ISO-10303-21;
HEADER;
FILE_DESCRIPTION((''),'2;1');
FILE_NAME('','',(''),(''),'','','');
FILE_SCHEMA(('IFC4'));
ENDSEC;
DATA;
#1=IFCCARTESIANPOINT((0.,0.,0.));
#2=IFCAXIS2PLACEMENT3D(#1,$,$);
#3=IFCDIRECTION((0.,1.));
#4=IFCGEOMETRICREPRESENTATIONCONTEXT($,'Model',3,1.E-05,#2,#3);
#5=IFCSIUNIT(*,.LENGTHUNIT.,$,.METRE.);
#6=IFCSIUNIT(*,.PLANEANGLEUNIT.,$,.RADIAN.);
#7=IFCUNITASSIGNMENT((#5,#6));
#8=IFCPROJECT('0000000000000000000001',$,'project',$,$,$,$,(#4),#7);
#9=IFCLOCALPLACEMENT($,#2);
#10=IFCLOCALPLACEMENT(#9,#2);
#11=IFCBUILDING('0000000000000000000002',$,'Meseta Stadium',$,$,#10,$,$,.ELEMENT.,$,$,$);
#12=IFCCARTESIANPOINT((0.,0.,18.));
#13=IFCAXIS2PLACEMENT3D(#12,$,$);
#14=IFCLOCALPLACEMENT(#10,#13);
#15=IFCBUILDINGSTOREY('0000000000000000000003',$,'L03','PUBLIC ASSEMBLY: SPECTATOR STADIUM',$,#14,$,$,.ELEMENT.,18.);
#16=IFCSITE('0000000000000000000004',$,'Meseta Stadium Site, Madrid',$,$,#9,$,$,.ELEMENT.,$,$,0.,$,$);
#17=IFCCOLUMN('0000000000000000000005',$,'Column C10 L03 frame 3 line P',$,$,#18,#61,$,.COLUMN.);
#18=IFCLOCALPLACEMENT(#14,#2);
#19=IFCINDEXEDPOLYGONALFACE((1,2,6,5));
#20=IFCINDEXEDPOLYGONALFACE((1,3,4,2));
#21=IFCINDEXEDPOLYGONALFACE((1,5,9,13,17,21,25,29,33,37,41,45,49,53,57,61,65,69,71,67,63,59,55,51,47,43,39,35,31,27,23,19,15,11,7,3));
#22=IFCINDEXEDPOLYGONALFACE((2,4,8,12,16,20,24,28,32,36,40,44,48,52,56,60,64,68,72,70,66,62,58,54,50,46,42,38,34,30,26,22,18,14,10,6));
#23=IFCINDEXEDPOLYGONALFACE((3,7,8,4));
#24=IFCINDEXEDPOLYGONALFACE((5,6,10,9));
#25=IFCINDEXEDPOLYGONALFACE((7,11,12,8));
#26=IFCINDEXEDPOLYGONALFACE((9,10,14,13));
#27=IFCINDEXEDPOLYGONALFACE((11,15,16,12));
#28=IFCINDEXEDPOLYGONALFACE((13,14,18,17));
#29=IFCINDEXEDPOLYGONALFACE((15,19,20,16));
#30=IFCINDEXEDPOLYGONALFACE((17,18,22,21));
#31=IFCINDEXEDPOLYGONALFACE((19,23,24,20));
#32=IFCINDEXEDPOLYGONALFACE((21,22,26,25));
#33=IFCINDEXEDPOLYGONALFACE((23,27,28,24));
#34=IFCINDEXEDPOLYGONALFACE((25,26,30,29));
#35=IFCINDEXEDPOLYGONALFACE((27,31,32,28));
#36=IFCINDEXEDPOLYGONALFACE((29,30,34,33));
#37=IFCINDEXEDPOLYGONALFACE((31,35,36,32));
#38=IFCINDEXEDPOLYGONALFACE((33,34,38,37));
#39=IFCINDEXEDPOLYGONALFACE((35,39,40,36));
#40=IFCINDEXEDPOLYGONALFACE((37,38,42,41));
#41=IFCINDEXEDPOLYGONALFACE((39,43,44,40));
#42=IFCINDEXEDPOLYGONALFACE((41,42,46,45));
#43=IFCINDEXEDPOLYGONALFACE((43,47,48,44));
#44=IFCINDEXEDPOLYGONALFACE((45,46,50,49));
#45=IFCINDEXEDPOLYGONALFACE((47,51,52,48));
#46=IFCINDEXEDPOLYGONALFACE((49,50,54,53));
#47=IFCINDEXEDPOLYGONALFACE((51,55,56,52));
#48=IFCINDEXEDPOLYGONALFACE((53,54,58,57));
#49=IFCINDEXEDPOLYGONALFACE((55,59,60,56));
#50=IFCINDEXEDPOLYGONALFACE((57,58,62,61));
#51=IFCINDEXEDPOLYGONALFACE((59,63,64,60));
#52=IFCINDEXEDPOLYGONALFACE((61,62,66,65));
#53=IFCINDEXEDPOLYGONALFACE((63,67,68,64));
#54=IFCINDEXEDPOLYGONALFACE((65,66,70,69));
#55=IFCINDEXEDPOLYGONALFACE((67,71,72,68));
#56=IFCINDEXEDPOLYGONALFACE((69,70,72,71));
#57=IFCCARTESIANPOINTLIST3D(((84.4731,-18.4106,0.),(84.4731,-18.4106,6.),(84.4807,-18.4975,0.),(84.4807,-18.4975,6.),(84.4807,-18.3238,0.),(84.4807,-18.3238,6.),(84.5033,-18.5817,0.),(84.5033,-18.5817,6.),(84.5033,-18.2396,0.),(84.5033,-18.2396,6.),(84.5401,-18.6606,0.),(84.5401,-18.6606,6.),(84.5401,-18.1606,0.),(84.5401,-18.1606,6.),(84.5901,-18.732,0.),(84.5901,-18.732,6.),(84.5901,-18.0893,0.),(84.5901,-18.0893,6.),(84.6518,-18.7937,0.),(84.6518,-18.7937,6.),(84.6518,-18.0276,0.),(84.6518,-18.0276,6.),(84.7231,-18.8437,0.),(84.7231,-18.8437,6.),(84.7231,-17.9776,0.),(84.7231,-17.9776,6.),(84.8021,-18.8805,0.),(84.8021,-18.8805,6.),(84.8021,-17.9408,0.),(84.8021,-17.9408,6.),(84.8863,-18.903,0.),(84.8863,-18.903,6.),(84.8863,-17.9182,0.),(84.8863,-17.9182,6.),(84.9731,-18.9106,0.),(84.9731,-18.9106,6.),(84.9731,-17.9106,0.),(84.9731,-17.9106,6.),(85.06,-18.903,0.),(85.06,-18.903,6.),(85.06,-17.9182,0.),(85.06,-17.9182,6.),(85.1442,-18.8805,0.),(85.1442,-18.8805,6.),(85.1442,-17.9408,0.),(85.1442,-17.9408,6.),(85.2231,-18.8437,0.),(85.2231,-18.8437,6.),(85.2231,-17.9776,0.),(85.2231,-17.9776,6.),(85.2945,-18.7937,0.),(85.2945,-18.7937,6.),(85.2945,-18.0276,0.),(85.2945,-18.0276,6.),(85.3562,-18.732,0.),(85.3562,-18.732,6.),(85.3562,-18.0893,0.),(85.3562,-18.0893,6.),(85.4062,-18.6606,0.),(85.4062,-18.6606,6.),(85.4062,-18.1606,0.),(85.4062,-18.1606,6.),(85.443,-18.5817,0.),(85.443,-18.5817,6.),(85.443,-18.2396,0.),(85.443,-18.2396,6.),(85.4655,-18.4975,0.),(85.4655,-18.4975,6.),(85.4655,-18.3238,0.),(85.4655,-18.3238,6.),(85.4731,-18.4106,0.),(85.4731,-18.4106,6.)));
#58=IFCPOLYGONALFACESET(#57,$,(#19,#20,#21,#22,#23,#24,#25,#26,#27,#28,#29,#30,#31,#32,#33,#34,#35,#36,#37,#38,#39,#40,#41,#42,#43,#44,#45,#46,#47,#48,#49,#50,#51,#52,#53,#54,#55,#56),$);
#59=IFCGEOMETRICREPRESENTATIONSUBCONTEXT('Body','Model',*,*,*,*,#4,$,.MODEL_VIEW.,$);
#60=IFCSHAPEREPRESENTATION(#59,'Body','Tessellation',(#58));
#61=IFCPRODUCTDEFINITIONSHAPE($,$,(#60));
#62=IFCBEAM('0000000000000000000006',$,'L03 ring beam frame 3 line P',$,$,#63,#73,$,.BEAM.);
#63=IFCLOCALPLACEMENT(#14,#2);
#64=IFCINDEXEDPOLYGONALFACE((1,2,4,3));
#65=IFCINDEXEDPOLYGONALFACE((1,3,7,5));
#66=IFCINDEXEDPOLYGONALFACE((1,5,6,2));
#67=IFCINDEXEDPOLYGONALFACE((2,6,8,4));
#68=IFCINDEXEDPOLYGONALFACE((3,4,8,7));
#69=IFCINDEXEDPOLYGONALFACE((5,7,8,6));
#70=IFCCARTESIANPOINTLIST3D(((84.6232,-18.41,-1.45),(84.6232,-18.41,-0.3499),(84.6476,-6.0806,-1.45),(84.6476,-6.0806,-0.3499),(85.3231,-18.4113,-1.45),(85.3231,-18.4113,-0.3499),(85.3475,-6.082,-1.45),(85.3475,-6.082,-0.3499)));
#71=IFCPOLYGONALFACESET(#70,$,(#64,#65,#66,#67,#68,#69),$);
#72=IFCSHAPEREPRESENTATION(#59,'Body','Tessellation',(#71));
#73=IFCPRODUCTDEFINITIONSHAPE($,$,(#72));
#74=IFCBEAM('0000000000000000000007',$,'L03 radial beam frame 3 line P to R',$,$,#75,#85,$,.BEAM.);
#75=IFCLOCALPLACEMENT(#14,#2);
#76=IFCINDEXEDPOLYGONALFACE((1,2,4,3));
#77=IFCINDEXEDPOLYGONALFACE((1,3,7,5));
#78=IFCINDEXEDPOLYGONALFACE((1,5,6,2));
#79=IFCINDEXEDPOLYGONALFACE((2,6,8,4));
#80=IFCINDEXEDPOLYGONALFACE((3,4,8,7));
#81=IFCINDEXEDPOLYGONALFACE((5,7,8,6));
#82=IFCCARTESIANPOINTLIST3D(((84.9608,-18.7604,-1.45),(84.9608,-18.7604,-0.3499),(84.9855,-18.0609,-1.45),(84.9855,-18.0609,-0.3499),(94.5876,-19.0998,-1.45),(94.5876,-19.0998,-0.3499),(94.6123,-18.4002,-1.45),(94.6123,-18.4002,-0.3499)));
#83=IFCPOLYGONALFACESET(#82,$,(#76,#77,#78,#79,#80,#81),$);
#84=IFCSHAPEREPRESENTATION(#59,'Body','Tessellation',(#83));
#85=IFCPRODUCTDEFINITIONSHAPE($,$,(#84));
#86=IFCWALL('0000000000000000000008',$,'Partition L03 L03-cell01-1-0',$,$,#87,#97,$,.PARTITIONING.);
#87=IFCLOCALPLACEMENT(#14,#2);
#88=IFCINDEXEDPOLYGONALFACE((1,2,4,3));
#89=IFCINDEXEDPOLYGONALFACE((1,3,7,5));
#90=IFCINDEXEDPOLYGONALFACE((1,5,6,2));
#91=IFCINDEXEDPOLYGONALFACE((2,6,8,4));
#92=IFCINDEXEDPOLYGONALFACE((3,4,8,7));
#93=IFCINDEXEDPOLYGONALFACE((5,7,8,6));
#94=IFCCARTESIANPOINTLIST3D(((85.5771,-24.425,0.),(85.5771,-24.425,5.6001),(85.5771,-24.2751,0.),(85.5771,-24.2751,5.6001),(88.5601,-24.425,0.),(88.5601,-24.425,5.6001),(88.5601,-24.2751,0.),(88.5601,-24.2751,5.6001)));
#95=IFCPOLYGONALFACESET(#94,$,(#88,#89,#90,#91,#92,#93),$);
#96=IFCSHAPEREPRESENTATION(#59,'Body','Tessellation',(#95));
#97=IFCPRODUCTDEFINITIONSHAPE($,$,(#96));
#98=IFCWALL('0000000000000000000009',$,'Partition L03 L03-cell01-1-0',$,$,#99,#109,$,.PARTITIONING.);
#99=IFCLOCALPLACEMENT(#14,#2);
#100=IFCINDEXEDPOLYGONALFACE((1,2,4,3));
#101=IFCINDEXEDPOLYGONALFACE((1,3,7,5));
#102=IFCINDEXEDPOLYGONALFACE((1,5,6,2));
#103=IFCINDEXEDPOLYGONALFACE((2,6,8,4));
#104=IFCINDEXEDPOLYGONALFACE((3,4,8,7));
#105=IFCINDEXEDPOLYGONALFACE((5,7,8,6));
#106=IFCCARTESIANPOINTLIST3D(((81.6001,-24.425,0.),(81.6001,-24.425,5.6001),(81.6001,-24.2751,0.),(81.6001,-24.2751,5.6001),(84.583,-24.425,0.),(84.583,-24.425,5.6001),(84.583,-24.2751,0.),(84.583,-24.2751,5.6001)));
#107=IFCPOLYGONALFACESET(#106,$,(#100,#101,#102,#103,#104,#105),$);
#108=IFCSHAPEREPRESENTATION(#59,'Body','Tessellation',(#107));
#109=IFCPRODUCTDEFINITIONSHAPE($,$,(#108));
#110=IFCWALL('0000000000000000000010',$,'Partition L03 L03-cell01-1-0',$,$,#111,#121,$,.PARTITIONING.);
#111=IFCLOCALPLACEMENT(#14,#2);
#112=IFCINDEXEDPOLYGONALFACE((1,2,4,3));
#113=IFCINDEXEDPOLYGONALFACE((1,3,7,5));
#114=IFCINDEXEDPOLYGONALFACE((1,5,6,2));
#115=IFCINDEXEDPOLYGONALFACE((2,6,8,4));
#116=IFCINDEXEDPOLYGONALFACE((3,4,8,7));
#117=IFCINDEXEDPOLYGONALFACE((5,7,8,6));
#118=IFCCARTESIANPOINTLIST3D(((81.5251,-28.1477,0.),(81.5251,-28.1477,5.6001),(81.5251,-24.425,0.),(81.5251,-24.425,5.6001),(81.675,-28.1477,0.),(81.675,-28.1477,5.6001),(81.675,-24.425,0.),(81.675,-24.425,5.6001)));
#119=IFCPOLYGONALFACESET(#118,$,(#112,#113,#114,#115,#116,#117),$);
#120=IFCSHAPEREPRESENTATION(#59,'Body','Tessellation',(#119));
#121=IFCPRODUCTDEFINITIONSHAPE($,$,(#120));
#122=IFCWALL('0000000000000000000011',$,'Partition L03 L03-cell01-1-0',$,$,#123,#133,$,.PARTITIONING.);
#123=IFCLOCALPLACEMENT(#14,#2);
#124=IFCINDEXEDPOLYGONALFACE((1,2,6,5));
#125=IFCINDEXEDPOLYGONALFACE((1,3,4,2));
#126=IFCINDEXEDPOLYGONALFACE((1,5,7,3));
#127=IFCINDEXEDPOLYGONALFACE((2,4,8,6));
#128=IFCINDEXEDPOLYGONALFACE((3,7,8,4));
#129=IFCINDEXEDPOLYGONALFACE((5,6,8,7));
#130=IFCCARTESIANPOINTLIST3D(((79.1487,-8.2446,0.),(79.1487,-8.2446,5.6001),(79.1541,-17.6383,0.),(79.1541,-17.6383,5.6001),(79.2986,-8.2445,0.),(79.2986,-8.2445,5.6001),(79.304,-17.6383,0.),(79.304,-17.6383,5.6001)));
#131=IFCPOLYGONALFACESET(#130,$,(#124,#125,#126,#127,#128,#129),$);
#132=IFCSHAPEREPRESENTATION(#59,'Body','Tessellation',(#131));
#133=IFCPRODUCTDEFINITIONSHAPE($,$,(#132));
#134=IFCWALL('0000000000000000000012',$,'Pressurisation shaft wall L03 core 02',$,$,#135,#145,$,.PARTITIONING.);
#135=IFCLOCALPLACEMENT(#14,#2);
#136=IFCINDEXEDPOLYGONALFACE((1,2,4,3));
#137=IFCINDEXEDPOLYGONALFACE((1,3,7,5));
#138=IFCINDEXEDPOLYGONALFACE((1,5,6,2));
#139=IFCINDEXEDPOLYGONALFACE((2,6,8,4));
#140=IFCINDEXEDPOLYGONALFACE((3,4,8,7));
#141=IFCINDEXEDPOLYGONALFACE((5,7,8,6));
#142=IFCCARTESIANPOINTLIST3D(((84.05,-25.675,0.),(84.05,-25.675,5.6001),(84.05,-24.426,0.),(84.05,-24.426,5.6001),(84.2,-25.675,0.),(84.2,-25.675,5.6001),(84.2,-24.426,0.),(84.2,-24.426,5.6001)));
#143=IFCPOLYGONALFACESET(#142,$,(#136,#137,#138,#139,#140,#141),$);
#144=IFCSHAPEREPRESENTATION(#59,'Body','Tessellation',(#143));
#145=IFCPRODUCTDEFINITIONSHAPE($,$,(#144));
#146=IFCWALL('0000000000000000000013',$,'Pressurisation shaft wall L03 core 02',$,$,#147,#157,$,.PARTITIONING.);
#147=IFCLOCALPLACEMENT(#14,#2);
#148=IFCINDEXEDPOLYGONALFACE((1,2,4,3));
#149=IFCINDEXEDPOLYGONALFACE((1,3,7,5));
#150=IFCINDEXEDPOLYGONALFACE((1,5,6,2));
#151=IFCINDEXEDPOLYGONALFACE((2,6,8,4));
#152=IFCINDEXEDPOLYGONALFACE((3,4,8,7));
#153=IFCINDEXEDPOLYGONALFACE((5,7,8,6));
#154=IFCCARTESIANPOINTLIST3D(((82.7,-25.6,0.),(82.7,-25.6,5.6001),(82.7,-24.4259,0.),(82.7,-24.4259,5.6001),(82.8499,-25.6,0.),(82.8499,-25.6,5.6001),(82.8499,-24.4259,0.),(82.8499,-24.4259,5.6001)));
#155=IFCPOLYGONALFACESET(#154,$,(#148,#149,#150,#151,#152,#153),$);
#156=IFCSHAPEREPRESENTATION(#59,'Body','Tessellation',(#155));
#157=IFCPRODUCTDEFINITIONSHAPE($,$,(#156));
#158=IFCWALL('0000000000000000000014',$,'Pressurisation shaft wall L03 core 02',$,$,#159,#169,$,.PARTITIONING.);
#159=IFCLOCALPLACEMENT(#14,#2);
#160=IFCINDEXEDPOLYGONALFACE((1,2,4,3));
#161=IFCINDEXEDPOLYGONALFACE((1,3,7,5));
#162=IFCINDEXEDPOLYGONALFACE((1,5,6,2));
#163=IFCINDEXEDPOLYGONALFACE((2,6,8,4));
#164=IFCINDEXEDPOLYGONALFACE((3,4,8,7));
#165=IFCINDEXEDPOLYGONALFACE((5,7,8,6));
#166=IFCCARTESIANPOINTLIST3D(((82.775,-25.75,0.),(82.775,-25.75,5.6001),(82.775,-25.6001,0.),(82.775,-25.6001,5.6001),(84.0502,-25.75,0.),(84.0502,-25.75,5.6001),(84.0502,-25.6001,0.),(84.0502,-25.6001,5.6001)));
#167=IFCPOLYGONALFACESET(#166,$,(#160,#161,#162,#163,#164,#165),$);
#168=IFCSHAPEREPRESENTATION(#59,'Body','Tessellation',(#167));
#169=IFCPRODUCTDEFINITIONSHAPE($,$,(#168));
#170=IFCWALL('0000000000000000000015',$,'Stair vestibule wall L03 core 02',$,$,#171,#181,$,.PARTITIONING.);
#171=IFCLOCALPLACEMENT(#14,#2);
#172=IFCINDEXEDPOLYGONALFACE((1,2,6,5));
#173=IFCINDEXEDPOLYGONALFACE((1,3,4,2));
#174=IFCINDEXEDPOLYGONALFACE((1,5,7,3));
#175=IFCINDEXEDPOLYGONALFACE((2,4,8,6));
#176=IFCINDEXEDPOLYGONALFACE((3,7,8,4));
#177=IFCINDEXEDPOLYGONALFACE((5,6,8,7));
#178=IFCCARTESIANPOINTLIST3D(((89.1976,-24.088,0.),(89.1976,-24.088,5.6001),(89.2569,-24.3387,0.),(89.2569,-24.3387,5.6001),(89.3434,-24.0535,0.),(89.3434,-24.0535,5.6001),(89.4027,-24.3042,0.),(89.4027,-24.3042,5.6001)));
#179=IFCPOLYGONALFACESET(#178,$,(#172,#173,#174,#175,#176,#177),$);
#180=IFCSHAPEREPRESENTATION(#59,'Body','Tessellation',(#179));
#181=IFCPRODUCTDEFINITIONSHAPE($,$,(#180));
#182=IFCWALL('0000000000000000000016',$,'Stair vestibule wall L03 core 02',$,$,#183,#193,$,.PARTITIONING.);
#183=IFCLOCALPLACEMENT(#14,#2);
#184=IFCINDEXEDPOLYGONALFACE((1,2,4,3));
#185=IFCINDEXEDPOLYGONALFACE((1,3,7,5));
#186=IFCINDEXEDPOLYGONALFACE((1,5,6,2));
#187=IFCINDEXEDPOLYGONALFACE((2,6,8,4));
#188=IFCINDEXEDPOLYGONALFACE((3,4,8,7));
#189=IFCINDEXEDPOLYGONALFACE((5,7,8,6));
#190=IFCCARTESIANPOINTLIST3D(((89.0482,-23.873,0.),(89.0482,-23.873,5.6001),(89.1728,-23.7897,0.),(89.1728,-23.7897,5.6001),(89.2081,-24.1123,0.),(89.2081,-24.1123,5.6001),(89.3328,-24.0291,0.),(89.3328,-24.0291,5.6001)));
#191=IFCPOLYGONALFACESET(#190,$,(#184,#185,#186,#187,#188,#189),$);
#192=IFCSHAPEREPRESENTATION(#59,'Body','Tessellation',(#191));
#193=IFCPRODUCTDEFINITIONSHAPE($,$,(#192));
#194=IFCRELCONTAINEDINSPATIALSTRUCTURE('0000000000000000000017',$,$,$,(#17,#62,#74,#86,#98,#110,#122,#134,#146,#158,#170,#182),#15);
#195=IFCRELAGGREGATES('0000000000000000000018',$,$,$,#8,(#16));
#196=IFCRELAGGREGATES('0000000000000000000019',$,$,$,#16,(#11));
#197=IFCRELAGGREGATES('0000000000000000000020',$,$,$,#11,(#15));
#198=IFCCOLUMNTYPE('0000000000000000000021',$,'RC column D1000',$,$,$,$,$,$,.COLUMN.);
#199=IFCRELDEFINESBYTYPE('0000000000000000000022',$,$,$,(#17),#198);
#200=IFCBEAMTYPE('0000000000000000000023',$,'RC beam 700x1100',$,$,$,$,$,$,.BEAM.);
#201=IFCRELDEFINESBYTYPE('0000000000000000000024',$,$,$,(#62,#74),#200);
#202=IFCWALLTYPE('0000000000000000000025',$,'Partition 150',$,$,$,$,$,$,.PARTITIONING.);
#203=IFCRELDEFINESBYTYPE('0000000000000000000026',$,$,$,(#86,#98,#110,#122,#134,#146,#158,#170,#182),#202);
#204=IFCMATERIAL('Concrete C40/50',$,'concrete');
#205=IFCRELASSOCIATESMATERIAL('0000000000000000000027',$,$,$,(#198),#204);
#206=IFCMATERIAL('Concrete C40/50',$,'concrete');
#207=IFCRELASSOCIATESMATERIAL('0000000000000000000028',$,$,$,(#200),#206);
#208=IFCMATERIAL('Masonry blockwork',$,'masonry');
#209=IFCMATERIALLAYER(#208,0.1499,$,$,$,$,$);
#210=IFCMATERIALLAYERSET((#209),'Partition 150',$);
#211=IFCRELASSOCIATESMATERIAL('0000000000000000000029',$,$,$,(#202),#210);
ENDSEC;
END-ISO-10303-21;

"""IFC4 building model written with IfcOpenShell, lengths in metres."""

from ifc_helpers import new_model, si_unit, direction, frame, frame_2d, origin, origin_2d, place, context, subcontext, project, spatial, rectangle, circle, extrude, material, layer, layer_set, material_profile, profile_set, type_object, element, save


model = new_model("IFC4")

# Units and contexts
model_context = context("Model", 3, precision=1e-05, world=origin(), true_north=direction((0.0, 1.0)))
body_context = subcontext(model_context, "Body", "Model", "MODEL_VIEW")
ifc_project = project(units=[si_unit("LENGTHUNIT", "METRE"), si_unit("PLANEANGLEUNIT", "RADIAN")], contexts=[model_context])

# Site, building, storey
site_placement = place(None, origin())
site = spatial("IfcSite", under=ifc_project, at=site_placement, Name="Meseta Stadium Site, Madrid", CompositionType="ELEMENT", RefElevation=0.0)
building_placement = place(site_placement, origin())
building = spatial("IfcBuilding", under=site, at=building_placement, Name="Meseta Stadium", CompositionType="ELEMENT")
storey_placement = place(building_placement, frame((0.0, 0.0, 18.0)))
storey = spatial("IfcBuildingStorey", under=building, at=storey_placement, Name="L03", Description="PUBLIC ASSEMBLY: SPECTATOR STADIUM", CompositionType="ELEMENT", Elevation=18.0)

# Column
ifc_material_1 = material(Name="Concrete C40/50", Category="concrete")
ifc_material_profile_1 = material_profile(ifc_material_1, circle(Radius=0.5, at=origin_2d()), Name="RC D1000")
ifc_profile_set_1 = profile_set([ifc_material_profile_1], Name="Concrete C40/50")
column_type = type_object("IfcColumnType", Name="RC column D1000", PredefinedType="COLUMN", material=ifc_profile_set_1)
column_placement = place(storey_placement, frame((84.9731, -18.4106, 0.0), z_axis=(0.0, 0.0, 1.0), x_axis=(1.0, 0.0, 0.0)))
element("IfcColumn", 1, at=column_placement, inside=storey, type_object=column_type, Name="Column C10 L03 frame 3 line P", PredefinedType="COLUMN", context=body_context, shape_type="SweptSolid", body=[
    extrude(circle(Radius=0.5, at=origin_2d()), origin(), (0.0, 0.0, 1.0), 6.0),
])

# Beams
ifc_material_2 = material(Name="Concrete C40/50", Category="concrete")
ifc_material_profile_2 = material_profile(ifc_material_2, rectangle(XDim=0.7, YDim=1.1001, at=origin_2d()), Name="RC 700x1100")
ifc_profile_set_2 = profile_set([ifc_material_profile_2], Name="Concrete C40/50")
beam_type = type_object("IfcBeamType", Name="RC beam 700x1100", PredefinedType="BEAM", material=ifc_profile_set_2)
beam_1_placement = place(storey_placement, frame((84.9731, -18.4106, -0.8999), z_axis=(0.00198, 0.999998, 0.0), x_axis=(-0.999998, 0.00198, 0.0)))
element("IfcBeam", 2, at=beam_1_placement, inside=storey, type_object=beam_type, Name="L03 ring beam frame 3 line P", PredefinedType="BEAM", context=body_context, shape_type="SweptSolid", body=[
    extrude(rectangle(XDim=0.7, YDim=1.1001, at=origin_2d()), origin(), (0.0, 0.0, 1.0), 12.3293),
])
beam_2_placement = place(storey_placement, frame((84.9731, -18.4106, -0.8999), z_axis=(0.999379, -0.035229, 0.0), x_axis=(0.035229, 0.999379, 0.0)))
element("IfcBeam", 3, at=beam_2_placement, inside=storey, type_object=beam_type, Name="L03 radial beam frame 3 line P to R", PredefinedType="BEAM", context=body_context, shape_type="SweptSolid", body=[
    extrude(rectangle(XDim=0.7, YDim=1.1001, at=origin_2d()), origin(), (0.0, 0.0, 1.0), 9.6328),
])

# Walls
ifc_material_3 = material(Name="Masonry blockwork", Category="masonry")
ifc_layer = layer(ifc_material_3, 0.1499)
ifc_layer_set = layer_set([ifc_layer], Name="Partition 150")
wall_type = type_object("IfcWallType", Name="Partition 150", PredefinedType="PARTITIONING", material=ifc_layer_set)
for number, where, z_axis, x_axis, name in (
    (4, (88.5601, -24.3501, 0.0), (0.0, 0.0, 1.0), (-1.0, 0.0, 0.0), "Partition L03 L03-cell01-1-0"),
    (5, (84.583, -24.3501, 0.0), (0.0, 0.0, 1.0), (-1.0, 0.0, 0.0), "Partition L03 L03-cell01-1-0"),
):
    element("IfcWall", number, at=place(storey_placement, frame(where, z_axis=z_axis, x_axis=x_axis)), inside=storey, type_object=wall_type, Name=name, PredefinedType="PARTITIONING", context=body_context, shape_type="SweptSolid", body=[
        extrude(rectangle(XDim=2.9829, YDim=0.1499, at=frame_2d((1.4915, 0.0))), origin(), (0.0, 0.0, 1.0), 5.6001),
    ])
wall_1_placement = place(storey_placement, frame((81.6001, -24.425, 0.0), z_axis=(0.0, 0.0, 1.0), x_axis=(0.0, -1.0, 0.0)))
element("IfcWall", 6, at=wall_1_placement, inside=storey, type_object=wall_type, Name="Partition L03 L03-cell01-1-0", PredefinedType="PARTITIONING", context=body_context, shape_type="SweptSolid", body=[
    extrude(rectangle(XDim=3.7227, YDim=0.1499, at=frame_2d((1.8613, 0.0))), origin(), (0.0, 0.0, 1.0), 5.6001),
])
wall_2_placement = place(storey_placement, frame((79.229, -17.6382, 0.0), z_axis=(0.0, 0.0, 1.0), x_axis=(-0.000572, 1.0, 0.0)))
element("IfcWall", 7, at=wall_2_placement, inside=storey, type_object=wall_type, Name="Partition L03 L03-cell01-1-0", PredefinedType="PARTITIONING", context=body_context, shape_type="SweptSolid", body=[
    extrude(rectangle(XDim=9.3938, YDim=0.1499, at=frame_2d((4.6968, 0.0))), origin(), (0.0, 0.0, 1.0), 5.6001),
])
wall_3_placement = place(storey_placement, frame((84.125, -25.675, 0.0), z_axis=(0.0, 0.0, 1.0), x_axis=(0.0, 1.0, 0.0)))
element("IfcWall", 8, at=wall_3_placement, inside=storey, type_object=wall_type, Name="Pressurisation shaft wall L03 core 02", PredefinedType="PARTITIONING", context=body_context, shape_type="SweptSolid", body=[
    extrude(rectangle(XDim=1.249, YDim=0.1499, at=frame_2d((0.6245, 0.0))), origin(), (0.0, 0.0, 1.0), 5.6001),
])
wall_4_placement = place(storey_placement, frame((82.7749, -24.426, 0.0), z_axis=(0.0, 0.0, 1.0), x_axis=(0.0, -1.0, 0.0)))
element("IfcWall", 9, at=wall_4_placement, inside=storey, type_object=wall_type, Name="Pressurisation shaft wall L03 core 02", PredefinedType="PARTITIONING", context=body_context, shape_type="SweptSolid", body=[
    extrude(rectangle(XDim=1.1741, YDim=0.1499, at=frame_2d((0.5869, 0.0))), origin(), (0.0, 0.0, 1.0), 5.6001),
])
wall_5_placement = place(storey_placement, frame((82.7749, -25.675, 0.0), z_axis=(0.0, 0.0, 1.0), x_axis=(1.0, 0.0, 0.0)))
element("IfcWall", 10, at=wall_5_placement, inside=storey, type_object=wall_type, Name="Pressurisation shaft wall L03 core 02", PredefinedType="PARTITIONING", context=body_context, shape_type="SweptSolid", body=[
    extrude(rectangle(XDim=1.2751, YDim=0.1499, at=frame_2d((0.6377, 0.0))), origin(), (0.0, 0.0, 1.0), 5.6001),
])
wall_6_placement = place(storey_placement, frame((89.3298, -24.3215, 0.0), z_axis=(0.0, 0.0, 1.0), x_axis=(-0.230254, 0.973131, 0.0)))
element("IfcWall", 11, at=wall_6_placement, inside=storey, type_object=wall_type, Name="Stair vestibule wall L03 core 02", PredefinedType="PARTITIONING", context=body_context, shape_type="SweptSolid", body=[
    extrude(rectangle(XDim=0.2576, YDim=0.1499, at=frame_2d((0.1289, 0.0))), origin(), (0.0, 0.0, 1.0), 5.6001),
])
wall_7_placement = place(storey_placement, frame((89.2705, -24.0708, 0.0), z_axis=(0.0, 0.0, 1.0), x_axis=(-0.555679, 0.831397, 0.0)))
element("IfcWall", 12, at=wall_7_placement, inside=storey, type_object=wall_type, Name="Stair vestibule wall L03 core 02", PredefinedType="PARTITIONING", context=body_context, shape_type="SweptSolid", body=[
    extrude(rectangle(XDim=0.2878, YDim=0.1499, at=frame_2d((0.144, 0.0))), origin(), (0.0, 0.0, 1.0), 5.6001),
])

save(model, "model.ifc")
